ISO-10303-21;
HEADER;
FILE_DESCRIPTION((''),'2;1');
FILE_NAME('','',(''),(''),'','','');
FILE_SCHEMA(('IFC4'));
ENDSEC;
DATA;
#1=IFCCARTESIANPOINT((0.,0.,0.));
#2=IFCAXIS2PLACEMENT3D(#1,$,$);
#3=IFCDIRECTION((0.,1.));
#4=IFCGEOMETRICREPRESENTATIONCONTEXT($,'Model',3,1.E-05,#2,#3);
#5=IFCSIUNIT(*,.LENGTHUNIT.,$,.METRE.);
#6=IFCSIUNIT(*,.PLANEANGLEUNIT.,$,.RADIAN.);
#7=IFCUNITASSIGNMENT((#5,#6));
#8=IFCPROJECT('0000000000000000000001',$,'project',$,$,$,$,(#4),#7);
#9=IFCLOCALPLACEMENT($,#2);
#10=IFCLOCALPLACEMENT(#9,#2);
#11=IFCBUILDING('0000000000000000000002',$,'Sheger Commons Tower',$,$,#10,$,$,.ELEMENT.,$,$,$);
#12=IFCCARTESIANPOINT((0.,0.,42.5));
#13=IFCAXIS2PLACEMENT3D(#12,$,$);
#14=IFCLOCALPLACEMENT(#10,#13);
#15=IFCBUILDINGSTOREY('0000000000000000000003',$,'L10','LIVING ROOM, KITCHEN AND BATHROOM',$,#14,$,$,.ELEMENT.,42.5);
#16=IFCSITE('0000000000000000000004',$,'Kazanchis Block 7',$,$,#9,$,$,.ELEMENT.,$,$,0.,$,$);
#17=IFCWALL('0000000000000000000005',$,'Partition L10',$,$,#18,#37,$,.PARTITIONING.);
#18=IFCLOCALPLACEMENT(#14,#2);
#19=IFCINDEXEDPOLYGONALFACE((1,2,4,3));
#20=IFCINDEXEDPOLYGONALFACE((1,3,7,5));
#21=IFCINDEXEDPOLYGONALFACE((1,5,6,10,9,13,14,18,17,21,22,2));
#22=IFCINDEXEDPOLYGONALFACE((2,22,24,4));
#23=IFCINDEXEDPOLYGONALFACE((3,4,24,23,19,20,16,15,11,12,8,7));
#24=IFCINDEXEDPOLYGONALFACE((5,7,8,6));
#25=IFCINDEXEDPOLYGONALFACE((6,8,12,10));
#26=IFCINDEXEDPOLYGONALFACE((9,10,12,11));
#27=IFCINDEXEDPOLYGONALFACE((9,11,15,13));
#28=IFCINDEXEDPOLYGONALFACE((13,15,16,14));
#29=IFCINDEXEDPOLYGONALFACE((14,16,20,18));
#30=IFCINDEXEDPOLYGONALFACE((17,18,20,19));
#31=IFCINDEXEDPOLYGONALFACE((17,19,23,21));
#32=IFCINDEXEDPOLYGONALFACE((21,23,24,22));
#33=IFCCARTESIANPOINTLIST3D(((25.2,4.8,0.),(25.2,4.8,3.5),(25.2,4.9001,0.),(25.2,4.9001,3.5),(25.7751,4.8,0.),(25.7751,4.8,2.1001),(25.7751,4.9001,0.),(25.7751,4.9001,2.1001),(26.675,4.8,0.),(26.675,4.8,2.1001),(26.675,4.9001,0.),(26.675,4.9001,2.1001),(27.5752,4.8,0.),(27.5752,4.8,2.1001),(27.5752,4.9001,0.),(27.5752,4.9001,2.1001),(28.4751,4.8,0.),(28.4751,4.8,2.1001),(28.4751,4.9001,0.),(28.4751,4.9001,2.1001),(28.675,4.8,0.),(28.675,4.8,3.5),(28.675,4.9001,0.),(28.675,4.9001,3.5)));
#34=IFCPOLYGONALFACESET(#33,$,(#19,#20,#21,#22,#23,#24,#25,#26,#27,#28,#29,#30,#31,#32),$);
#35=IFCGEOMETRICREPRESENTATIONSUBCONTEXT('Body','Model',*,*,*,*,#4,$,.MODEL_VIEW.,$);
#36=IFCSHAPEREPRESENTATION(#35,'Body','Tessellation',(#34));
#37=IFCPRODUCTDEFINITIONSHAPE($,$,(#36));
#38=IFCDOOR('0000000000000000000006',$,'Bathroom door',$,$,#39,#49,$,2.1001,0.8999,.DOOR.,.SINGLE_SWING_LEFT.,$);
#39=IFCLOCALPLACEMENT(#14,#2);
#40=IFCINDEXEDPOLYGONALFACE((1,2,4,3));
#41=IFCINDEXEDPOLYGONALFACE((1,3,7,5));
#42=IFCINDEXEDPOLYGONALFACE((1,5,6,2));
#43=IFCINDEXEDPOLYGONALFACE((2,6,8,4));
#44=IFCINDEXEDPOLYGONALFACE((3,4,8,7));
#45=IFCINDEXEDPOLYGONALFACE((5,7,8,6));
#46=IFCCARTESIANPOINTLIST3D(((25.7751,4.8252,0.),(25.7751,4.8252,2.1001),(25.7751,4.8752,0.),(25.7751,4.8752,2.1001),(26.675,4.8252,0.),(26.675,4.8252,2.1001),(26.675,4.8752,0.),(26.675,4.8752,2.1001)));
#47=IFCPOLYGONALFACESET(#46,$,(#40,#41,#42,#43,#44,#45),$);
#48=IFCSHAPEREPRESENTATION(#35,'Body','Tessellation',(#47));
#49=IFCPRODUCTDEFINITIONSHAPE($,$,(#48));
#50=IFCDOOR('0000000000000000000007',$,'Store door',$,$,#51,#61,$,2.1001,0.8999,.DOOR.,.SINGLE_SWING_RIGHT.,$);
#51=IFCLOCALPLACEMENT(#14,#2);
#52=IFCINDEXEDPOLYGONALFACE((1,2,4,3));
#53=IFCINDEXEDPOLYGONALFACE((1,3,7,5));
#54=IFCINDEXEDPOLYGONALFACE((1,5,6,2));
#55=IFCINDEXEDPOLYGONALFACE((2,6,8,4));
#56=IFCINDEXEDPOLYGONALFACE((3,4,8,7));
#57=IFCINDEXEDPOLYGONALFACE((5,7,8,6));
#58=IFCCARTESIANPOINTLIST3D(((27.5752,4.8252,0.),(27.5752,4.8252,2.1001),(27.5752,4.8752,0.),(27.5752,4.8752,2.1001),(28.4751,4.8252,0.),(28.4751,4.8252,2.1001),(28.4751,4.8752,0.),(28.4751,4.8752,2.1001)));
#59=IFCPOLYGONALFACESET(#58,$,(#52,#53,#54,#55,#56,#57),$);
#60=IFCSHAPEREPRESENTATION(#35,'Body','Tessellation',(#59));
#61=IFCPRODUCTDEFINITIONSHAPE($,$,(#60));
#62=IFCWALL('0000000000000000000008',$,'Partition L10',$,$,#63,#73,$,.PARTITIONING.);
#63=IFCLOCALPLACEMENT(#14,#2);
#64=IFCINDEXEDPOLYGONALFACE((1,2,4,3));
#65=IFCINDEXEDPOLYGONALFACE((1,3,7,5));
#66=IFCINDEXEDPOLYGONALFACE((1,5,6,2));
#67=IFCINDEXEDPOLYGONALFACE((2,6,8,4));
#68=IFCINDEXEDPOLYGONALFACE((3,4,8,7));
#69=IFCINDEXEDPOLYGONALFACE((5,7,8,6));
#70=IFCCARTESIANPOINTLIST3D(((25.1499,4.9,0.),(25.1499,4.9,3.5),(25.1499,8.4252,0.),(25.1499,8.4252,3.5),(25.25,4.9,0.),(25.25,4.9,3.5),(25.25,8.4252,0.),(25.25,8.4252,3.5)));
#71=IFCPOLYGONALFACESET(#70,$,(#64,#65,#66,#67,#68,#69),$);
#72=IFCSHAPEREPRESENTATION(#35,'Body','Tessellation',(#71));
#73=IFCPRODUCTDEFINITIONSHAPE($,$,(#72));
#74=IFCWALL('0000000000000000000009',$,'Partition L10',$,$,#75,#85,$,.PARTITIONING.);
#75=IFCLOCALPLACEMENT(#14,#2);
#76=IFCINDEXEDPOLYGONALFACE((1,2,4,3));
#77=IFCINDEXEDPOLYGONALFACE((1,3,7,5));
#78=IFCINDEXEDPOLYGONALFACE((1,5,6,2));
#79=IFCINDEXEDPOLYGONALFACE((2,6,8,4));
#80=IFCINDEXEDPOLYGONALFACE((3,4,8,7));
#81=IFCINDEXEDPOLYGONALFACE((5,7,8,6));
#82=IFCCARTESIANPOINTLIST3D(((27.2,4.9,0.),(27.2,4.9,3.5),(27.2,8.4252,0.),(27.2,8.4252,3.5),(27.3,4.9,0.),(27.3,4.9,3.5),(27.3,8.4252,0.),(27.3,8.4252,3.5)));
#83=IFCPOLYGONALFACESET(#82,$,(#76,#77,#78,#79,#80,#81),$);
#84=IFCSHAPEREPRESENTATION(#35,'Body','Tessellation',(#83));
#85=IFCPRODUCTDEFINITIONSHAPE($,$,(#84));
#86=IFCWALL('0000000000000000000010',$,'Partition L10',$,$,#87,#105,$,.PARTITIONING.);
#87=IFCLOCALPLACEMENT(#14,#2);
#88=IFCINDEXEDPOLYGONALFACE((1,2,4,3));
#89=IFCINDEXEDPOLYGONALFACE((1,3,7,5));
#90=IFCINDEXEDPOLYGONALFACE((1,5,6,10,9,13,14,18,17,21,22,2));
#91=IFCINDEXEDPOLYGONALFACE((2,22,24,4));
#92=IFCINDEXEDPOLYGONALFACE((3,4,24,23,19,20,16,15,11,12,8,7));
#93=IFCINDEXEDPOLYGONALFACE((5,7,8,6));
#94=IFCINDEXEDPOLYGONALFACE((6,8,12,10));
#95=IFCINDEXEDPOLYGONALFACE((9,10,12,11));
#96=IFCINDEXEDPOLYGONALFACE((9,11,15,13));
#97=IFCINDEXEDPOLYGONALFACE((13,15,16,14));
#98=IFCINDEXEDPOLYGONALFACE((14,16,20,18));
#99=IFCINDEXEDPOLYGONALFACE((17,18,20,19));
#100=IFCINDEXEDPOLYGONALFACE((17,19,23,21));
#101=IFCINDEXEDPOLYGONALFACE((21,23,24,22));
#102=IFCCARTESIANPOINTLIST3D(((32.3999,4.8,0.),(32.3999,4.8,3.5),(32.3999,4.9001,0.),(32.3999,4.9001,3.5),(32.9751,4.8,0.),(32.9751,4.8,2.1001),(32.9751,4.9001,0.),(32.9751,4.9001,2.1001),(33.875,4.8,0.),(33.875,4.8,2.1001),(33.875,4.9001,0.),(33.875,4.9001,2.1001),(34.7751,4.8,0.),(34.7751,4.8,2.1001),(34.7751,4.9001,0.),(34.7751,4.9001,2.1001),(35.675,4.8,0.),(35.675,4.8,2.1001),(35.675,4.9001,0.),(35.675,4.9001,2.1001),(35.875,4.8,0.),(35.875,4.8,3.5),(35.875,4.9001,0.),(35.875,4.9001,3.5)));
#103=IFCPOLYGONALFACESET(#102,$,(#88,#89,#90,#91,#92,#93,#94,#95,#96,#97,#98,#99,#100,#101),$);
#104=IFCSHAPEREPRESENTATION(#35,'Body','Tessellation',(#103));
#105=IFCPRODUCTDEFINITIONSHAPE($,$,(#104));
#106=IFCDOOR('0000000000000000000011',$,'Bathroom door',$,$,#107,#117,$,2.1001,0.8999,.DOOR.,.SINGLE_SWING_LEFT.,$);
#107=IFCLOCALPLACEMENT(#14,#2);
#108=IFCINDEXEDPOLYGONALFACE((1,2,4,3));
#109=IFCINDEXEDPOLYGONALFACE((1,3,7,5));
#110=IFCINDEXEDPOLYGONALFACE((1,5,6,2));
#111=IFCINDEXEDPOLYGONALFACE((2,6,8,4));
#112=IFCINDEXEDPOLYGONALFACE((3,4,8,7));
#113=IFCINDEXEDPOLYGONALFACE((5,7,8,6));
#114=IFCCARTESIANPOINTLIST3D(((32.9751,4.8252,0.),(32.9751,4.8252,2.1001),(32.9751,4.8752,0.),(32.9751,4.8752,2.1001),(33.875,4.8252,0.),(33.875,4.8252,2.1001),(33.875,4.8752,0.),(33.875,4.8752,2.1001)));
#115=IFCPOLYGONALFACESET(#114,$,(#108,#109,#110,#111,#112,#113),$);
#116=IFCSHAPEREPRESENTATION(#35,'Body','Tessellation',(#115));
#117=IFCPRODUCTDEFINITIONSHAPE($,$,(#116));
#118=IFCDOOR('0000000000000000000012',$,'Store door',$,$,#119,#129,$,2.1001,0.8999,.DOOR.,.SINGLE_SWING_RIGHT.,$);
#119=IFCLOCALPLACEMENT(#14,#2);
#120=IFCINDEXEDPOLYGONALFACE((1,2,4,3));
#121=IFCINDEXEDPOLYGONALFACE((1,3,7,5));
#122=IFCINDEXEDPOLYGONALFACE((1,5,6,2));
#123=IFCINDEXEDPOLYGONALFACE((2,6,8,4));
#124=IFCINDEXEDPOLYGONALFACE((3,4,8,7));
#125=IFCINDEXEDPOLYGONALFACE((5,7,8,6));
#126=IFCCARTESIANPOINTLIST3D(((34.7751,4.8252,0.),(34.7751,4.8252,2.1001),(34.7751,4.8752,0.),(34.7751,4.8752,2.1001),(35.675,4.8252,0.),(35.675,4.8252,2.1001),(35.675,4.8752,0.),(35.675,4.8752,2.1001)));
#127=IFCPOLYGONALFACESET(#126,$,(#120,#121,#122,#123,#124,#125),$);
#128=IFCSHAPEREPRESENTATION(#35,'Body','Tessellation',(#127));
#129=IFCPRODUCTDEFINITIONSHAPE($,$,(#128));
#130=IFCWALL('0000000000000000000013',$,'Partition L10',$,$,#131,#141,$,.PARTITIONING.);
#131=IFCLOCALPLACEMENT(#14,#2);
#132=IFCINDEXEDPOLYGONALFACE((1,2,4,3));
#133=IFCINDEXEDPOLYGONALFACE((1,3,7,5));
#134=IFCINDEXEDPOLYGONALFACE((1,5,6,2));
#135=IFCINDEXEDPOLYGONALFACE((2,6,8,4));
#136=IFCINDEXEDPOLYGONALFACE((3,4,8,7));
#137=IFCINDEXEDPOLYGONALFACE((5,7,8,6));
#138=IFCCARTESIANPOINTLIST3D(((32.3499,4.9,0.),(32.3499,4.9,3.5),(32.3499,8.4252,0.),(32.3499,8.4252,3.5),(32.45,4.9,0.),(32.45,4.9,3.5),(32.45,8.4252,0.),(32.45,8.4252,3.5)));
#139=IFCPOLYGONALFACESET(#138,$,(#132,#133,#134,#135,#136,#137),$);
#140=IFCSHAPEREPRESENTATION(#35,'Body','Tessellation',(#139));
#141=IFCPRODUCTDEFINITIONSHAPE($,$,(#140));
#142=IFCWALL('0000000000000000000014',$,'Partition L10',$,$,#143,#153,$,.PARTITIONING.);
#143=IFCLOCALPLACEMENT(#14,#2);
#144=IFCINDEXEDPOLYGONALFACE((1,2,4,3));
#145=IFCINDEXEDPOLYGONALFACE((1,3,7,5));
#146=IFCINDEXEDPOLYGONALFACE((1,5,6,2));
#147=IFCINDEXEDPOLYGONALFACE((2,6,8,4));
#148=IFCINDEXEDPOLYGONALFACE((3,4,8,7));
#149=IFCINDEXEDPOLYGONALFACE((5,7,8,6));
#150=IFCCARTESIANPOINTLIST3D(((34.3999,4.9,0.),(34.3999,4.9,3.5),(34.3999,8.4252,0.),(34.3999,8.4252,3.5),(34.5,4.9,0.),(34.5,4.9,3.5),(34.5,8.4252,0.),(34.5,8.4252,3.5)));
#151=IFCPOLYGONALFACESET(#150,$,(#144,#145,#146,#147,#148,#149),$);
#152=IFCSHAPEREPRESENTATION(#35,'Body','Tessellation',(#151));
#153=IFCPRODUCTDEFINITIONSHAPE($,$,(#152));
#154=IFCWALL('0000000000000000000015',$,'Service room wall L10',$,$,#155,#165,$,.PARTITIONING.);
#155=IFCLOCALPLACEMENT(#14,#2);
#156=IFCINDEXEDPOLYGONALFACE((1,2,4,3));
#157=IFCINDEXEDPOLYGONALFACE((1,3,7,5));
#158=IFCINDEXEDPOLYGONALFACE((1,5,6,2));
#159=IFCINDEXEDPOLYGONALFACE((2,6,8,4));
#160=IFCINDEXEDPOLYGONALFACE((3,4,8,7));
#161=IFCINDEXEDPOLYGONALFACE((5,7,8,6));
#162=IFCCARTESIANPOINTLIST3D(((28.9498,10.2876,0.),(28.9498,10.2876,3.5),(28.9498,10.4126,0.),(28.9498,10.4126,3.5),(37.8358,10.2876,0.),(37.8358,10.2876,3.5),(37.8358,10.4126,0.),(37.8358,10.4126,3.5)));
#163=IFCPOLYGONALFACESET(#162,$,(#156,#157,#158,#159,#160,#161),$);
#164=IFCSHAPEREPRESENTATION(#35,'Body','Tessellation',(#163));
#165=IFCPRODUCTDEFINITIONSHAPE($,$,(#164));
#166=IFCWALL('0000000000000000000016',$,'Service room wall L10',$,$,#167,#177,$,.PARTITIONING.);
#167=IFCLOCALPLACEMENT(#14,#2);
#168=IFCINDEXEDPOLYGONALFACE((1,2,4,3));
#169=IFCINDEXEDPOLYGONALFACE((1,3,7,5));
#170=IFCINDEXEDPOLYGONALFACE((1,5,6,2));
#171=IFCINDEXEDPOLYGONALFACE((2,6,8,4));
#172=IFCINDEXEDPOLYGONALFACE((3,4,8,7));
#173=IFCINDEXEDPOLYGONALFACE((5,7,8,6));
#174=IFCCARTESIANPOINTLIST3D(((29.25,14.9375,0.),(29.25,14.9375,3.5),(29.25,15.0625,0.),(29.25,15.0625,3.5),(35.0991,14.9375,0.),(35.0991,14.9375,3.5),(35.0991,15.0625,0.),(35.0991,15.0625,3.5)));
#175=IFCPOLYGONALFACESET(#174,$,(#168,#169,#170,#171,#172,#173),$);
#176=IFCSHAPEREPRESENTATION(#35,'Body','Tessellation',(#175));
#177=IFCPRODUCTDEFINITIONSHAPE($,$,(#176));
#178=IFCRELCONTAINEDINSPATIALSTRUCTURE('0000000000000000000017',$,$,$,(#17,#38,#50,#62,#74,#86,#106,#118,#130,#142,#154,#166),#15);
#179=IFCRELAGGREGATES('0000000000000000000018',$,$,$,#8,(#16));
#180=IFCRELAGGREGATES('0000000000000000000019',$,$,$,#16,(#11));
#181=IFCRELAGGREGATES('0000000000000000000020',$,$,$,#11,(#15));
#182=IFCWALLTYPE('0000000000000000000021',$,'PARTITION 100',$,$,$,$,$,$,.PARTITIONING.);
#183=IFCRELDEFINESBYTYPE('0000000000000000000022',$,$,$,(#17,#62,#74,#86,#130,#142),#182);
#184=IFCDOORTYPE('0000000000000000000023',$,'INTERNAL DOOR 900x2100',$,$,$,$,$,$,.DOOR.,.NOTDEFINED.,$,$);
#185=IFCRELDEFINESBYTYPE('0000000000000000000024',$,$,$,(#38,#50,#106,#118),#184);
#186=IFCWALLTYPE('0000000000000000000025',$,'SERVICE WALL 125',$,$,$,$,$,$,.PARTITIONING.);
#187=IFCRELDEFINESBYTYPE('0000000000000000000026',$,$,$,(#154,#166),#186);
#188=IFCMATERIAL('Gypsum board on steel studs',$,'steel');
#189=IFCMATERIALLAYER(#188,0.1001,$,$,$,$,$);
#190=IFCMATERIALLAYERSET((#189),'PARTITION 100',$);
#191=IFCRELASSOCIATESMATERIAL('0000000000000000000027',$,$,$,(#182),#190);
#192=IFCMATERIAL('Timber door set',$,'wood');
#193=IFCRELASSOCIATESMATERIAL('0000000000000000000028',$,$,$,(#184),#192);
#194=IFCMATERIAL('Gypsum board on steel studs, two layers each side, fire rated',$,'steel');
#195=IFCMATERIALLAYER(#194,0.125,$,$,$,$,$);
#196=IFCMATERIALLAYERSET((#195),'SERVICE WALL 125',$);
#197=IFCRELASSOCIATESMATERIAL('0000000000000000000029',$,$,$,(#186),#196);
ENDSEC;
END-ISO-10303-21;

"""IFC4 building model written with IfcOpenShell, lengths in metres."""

from ifc_helpers import new_model, si_unit, direction, frame, frame_2d, origin, place, context, subcontext, project, spatial, rectangle, extrude, material, layer, layer_set, type_object, element, fill, save


model = new_model("IFC4")

# Units and contexts
model_context = context("Model", 3, precision=1e-05, world=origin(), true_north=direction((0.0, 1.0)))
body_context = subcontext(model_context, "Body", "Model", "MODEL_VIEW")
ifc_project = project(units=[si_unit("LENGTHUNIT", "METRE"), si_unit("PLANEANGLEUNIT", "RADIAN")], contexts=[model_context])

# Site, building, storey
site_placement = place(None, origin())
site = spatial("IfcSite", under=ifc_project, at=site_placement, Name="Kazanchis Block 7", CompositionType="ELEMENT", RefElevation=0.0)
building_placement = place(site_placement, origin())
building = spatial("IfcBuilding", under=site, at=building_placement, Name="Sheger Commons Tower", CompositionType="ELEMENT")
storey_placement = place(building_placement, frame((0.0, 0.0, 42.5)))
storey = spatial("IfcBuildingStorey", under=building, at=storey_placement, Name="L10", Description="LIVING ROOM, KITCHEN AND BATHROOM", CompositionType="ELEMENT", Elevation=42.5)

# Wall, openings, doors
ifc_material_1 = material(Name="Gypsum board on steel studs", Category="steel")
ifc_layer_1 = layer(ifc_material_1, 0.1001)
ifc_layer_set_1 = layer_set([ifc_layer_1], Name="PARTITION 100")
wall_type_1 = type_object("IfcWallType", Name="PARTITION 100", PredefinedType="PARTITIONING", material=ifc_layer_set_1)
wall_1_placement = place(storey_placement, frame((28.675, 4.8501, 0.0), z_axis=(0.0, 0.0, 1.0), x_axis=(-1.0, 0.0, 0.0)))
wall_1 = element("IfcWall", 1, at=wall_1_placement, inside=storey, type_object=wall_type_1, Name="Partition L10", PredefinedType="PARTITIONING", context=body_context, shape_type="SweptSolid", body=[
    extrude(rectangle(XDim=3.4751, YDim=0.1001, at=frame_2d((1.7375, 0.0))), origin(), (0.0, 0.0, 1.0), 3.5),
])
opening_1_placement = place(wall_1_placement, frame((2.0, 0.0, 0.0)))
opening_1 = element("IfcOpeningElement", 2, at=opening_1_placement, cuts=wall_1, PredefinedType="OPENING", context=body_context, shape_type="SweptSolid", body=[
    extrude(rectangle(XDim=0.8999, YDim=2.1001, at=frame_2d((0.45, 1.05))), frame((0.0, 0.0601, 0.0), z_axis=(0.0, -1.0, 0.0), x_axis=(1.0, 0.0, 0.0)), (0.0, 0.0, 1.0), 0.1201),
])
opening_2_placement = place(wall_1_placement, frame((0.2, 0.0, 0.0)))
opening_2 = element("IfcOpeningElement", 3, at=opening_2_placement, cuts=wall_1, PredefinedType="OPENING", context=body_context, shape_type="SweptSolid", body=[
    extrude(rectangle(XDim=0.8999, YDim=2.1001, at=frame_2d((0.45, 1.05))), frame((0.0, 0.0601, 0.0), z_axis=(0.0, -1.0, 0.0), x_axis=(1.0, 0.0, 0.0)), (0.0, 0.0, 1.0), 0.1201),
])
ifc_material_2 = material(Name="Timber door set", Category="wood")
door_type_1 = type_object("IfcDoorType", Name="INTERNAL DOOR 900x2100", OperationType="NOTDEFINED", PredefinedType="DOOR", material=ifc_material_2)
door_1_placement = place(opening_1_placement, origin())
door_1 = element("IfcDoor", 4, at=door_1_placement, inside=storey, type_object=door_type_1, Name="Bathroom door", OperationType="SINGLE_SWING_LEFT", OverallHeight=2.1001, OverallWidth=0.8999, PredefinedType="DOOR", context=body_context, shape_type="SweptSolid", body=[
    extrude(rectangle(XDim=0.8999, YDim=2.1001, at=frame_2d((0.45, 1.05))), frame((0.0, 0.0249, 0.0), z_axis=(0.0, -1.0, 0.0), x_axis=(1.0, 0.0, 0.0)), (0.0, 0.0, 1.0), 0.05),
])
fill(opening_1, door_1)
door_2_placement = place(opening_2_placement, origin())
door_2 = element("IfcDoor", 5, at=door_2_placement, inside=storey, type_object=door_type_1, Name="Store door", OperationType="SINGLE_SWING_RIGHT", OverallHeight=2.1001, OverallWidth=0.8999, PredefinedType="DOOR", context=body_context, shape_type="SweptSolid", body=[
    extrude(rectangle(XDim=0.8999, YDim=2.1001, at=frame_2d((0.45, 1.05))), frame((0.0, 0.0249, 0.0), z_axis=(0.0, -1.0, 0.0), x_axis=(1.0, 0.0, 0.0)), (0.0, 0.0, 1.0), 0.05),
])
fill(opening_2, door_2)

# Walls
for number, where, z_axis, x_axis, name in (
    (6, (25.2, 4.8999, 0.0), (0.0, 0.0, 1.0), (0.0, 1.0, 0.0), "Partition L10"),
    (7, (27.25, 4.8999, 0.0), (0.0, 0.0, 1.0), (0.0, 1.0, 0.0), "Partition L10"),
):
    element("IfcWall", number, at=place(storey_placement, frame(where, z_axis=z_axis, x_axis=x_axis)), inside=storey, type_object=wall_type_1, Name=name, PredefinedType="PARTITIONING", context=body_context, shape_type="SweptSolid", body=[
        extrude(rectangle(XDim=3.5251, YDim=0.1001, at=frame_2d((1.7627, 0.0))), origin(), (0.0, 0.0, 1.0), 3.5),
    ])

# Wall, openings, doors
wall_2_placement = place(storey_placement, frame((35.875, 4.8501, 0.0), z_axis=(0.0, 0.0, 1.0), x_axis=(-1.0, 0.0, 0.0)))
wall_2 = element("IfcWall", 8, at=wall_2_placement, inside=storey, type_object=wall_type_1, Name="Partition L10", PredefinedType="PARTITIONING", context=body_context, shape_type="SweptSolid", body=[
    extrude(rectangle(XDim=3.4751, YDim=0.1001, at=frame_2d((1.7375, 0.0))), origin(), (0.0, 0.0, 1.0), 3.5),
])
opening_3_placement = place(wall_2_placement, frame((2.0, 0.0, 0.0)))
opening_3 = element("IfcOpeningElement", 9, at=opening_3_placement, cuts=wall_2, PredefinedType="OPENING", context=body_context, shape_type="SweptSolid", body=[
    extrude(rectangle(XDim=0.8999, YDim=2.1001, at=frame_2d((0.45, 1.05))), frame((0.0, 0.0601, 0.0), z_axis=(0.0, -1.0, 0.0), x_axis=(1.0, 0.0, 0.0)), (0.0, 0.0, 1.0), 0.1201),
])
opening_4_placement = place(wall_2_placement, frame((0.2, 0.0, 0.0)))
opening_4 = element("IfcOpeningElement", 10, at=opening_4_placement, cuts=wall_2, PredefinedType="OPENING", context=body_context, shape_type="SweptSolid", body=[
    extrude(rectangle(XDim=0.8999, YDim=2.1001, at=frame_2d((0.45, 1.05))), frame((0.0, 0.0601, 0.0), z_axis=(0.0, -1.0, 0.0), x_axis=(1.0, 0.0, 0.0)), (0.0, 0.0, 1.0), 0.1201),
])
door_3_placement = place(opening_3_placement, origin())
door_3 = element("IfcDoor", 11, at=door_3_placement, inside=storey, type_object=door_type_1, Name="Bathroom door", OperationType="SINGLE_SWING_LEFT", OverallHeight=2.1001, OverallWidth=0.8999, PredefinedType="DOOR", context=body_context, shape_type="SweptSolid", body=[
    extrude(rectangle(XDim=0.8999, YDim=2.1001, at=frame_2d((0.45, 1.05))), frame((0.0, 0.0249, 0.0), z_axis=(0.0, -1.0, 0.0), x_axis=(1.0, 0.0, 0.0)), (0.0, 0.0, 1.0), 0.05),
])
fill(opening_3, door_3)
door_4_placement = place(opening_4_placement, origin())
door_4 = element("IfcDoor", 12, at=door_4_placement, inside=storey, type_object=door_type_1, Name="Store door", OperationType="SINGLE_SWING_RIGHT", OverallHeight=2.1001, OverallWidth=0.8999, PredefinedType="DOOR", context=body_context, shape_type="SweptSolid", body=[
    extrude(rectangle(XDim=0.8999, YDim=2.1001, at=frame_2d((0.45, 1.05))), frame((0.0, 0.0249, 0.0), z_axis=(0.0, -1.0, 0.0), x_axis=(1.0, 0.0, 0.0)), (0.0, 0.0, 1.0), 0.05),
])
fill(opening_4, door_4)

# Walls
for number, where, z_axis, x_axis, name in (
    (13, (32.3999, 4.8999, 0.0), (0.0, 0.0, 1.0), (0.0, 1.0, 0.0), "Partition L10"),
    (14, (34.45, 4.8999, 0.0), (0.0, 0.0, 1.0), (0.0, 1.0, 0.0), "Partition L10"),
):
    element("IfcWall", number, at=place(storey_placement, frame(where, z_axis=z_axis, x_axis=x_axis)), inside=storey, type_object=wall_type_1, Name=name, PredefinedType="PARTITIONING", context=body_context, shape_type="SweptSolid", body=[
        extrude(rectangle(XDim=3.5251, YDim=0.1001, at=frame_2d((1.7627, 0.0))), origin(), (0.0, 0.0, 1.0), 3.5),
    ])
ifc_material_3 = material(Name="Gypsum board on steel studs, two layers each side, fire rated", Category="steel")
ifc_layer_2 = layer(ifc_material_3, 0.125)
ifc_layer_set_2 = layer_set([ifc_layer_2], Name="SERVICE WALL 125")
wall_type_2 = type_object("IfcWallType", Name="SERVICE WALL 125", PredefinedType="PARTITIONING", material=ifc_layer_set_2)
wall_3_placement = place(storey_placement, frame((28.95, 10.3501, 0.0), z_axis=(0.0, 0.0, 1.0), x_axis=(1.0, 0.0, 0.0)))
element("IfcWall", 15, at=wall_3_placement, inside=storey, type_object=wall_type_2, Name="Service room wall L10", PredefinedType="PARTITIONING", context=body_context, shape_type="SweptSolid", body=[
    extrude(rectangle(XDim=8.886, YDim=0.125, at=frame_2d((4.4429, 0.0))), origin(), (0.0, 0.0, 1.0), 3.5),
])
wall_4_placement = place(storey_placement, frame((29.25, 15.0, 0.0), z_axis=(0.0, 0.0, 1.0), x_axis=(1.0, 0.0, 0.0)))
element("IfcWall", 16, at=wall_4_placement, inside=storey, type_object=wall_type_2, Name="Service room wall L10", PredefinedType="PARTITIONING", context=body_context, shape_type="SweptSolid", body=[
    extrude(rectangle(XDim=5.8491, YDim=0.125, at=frame_2d((2.9246, 0.0))), origin(), (0.0, 0.0, 1.0), 3.5),
])

save(model, "model.ifc")
